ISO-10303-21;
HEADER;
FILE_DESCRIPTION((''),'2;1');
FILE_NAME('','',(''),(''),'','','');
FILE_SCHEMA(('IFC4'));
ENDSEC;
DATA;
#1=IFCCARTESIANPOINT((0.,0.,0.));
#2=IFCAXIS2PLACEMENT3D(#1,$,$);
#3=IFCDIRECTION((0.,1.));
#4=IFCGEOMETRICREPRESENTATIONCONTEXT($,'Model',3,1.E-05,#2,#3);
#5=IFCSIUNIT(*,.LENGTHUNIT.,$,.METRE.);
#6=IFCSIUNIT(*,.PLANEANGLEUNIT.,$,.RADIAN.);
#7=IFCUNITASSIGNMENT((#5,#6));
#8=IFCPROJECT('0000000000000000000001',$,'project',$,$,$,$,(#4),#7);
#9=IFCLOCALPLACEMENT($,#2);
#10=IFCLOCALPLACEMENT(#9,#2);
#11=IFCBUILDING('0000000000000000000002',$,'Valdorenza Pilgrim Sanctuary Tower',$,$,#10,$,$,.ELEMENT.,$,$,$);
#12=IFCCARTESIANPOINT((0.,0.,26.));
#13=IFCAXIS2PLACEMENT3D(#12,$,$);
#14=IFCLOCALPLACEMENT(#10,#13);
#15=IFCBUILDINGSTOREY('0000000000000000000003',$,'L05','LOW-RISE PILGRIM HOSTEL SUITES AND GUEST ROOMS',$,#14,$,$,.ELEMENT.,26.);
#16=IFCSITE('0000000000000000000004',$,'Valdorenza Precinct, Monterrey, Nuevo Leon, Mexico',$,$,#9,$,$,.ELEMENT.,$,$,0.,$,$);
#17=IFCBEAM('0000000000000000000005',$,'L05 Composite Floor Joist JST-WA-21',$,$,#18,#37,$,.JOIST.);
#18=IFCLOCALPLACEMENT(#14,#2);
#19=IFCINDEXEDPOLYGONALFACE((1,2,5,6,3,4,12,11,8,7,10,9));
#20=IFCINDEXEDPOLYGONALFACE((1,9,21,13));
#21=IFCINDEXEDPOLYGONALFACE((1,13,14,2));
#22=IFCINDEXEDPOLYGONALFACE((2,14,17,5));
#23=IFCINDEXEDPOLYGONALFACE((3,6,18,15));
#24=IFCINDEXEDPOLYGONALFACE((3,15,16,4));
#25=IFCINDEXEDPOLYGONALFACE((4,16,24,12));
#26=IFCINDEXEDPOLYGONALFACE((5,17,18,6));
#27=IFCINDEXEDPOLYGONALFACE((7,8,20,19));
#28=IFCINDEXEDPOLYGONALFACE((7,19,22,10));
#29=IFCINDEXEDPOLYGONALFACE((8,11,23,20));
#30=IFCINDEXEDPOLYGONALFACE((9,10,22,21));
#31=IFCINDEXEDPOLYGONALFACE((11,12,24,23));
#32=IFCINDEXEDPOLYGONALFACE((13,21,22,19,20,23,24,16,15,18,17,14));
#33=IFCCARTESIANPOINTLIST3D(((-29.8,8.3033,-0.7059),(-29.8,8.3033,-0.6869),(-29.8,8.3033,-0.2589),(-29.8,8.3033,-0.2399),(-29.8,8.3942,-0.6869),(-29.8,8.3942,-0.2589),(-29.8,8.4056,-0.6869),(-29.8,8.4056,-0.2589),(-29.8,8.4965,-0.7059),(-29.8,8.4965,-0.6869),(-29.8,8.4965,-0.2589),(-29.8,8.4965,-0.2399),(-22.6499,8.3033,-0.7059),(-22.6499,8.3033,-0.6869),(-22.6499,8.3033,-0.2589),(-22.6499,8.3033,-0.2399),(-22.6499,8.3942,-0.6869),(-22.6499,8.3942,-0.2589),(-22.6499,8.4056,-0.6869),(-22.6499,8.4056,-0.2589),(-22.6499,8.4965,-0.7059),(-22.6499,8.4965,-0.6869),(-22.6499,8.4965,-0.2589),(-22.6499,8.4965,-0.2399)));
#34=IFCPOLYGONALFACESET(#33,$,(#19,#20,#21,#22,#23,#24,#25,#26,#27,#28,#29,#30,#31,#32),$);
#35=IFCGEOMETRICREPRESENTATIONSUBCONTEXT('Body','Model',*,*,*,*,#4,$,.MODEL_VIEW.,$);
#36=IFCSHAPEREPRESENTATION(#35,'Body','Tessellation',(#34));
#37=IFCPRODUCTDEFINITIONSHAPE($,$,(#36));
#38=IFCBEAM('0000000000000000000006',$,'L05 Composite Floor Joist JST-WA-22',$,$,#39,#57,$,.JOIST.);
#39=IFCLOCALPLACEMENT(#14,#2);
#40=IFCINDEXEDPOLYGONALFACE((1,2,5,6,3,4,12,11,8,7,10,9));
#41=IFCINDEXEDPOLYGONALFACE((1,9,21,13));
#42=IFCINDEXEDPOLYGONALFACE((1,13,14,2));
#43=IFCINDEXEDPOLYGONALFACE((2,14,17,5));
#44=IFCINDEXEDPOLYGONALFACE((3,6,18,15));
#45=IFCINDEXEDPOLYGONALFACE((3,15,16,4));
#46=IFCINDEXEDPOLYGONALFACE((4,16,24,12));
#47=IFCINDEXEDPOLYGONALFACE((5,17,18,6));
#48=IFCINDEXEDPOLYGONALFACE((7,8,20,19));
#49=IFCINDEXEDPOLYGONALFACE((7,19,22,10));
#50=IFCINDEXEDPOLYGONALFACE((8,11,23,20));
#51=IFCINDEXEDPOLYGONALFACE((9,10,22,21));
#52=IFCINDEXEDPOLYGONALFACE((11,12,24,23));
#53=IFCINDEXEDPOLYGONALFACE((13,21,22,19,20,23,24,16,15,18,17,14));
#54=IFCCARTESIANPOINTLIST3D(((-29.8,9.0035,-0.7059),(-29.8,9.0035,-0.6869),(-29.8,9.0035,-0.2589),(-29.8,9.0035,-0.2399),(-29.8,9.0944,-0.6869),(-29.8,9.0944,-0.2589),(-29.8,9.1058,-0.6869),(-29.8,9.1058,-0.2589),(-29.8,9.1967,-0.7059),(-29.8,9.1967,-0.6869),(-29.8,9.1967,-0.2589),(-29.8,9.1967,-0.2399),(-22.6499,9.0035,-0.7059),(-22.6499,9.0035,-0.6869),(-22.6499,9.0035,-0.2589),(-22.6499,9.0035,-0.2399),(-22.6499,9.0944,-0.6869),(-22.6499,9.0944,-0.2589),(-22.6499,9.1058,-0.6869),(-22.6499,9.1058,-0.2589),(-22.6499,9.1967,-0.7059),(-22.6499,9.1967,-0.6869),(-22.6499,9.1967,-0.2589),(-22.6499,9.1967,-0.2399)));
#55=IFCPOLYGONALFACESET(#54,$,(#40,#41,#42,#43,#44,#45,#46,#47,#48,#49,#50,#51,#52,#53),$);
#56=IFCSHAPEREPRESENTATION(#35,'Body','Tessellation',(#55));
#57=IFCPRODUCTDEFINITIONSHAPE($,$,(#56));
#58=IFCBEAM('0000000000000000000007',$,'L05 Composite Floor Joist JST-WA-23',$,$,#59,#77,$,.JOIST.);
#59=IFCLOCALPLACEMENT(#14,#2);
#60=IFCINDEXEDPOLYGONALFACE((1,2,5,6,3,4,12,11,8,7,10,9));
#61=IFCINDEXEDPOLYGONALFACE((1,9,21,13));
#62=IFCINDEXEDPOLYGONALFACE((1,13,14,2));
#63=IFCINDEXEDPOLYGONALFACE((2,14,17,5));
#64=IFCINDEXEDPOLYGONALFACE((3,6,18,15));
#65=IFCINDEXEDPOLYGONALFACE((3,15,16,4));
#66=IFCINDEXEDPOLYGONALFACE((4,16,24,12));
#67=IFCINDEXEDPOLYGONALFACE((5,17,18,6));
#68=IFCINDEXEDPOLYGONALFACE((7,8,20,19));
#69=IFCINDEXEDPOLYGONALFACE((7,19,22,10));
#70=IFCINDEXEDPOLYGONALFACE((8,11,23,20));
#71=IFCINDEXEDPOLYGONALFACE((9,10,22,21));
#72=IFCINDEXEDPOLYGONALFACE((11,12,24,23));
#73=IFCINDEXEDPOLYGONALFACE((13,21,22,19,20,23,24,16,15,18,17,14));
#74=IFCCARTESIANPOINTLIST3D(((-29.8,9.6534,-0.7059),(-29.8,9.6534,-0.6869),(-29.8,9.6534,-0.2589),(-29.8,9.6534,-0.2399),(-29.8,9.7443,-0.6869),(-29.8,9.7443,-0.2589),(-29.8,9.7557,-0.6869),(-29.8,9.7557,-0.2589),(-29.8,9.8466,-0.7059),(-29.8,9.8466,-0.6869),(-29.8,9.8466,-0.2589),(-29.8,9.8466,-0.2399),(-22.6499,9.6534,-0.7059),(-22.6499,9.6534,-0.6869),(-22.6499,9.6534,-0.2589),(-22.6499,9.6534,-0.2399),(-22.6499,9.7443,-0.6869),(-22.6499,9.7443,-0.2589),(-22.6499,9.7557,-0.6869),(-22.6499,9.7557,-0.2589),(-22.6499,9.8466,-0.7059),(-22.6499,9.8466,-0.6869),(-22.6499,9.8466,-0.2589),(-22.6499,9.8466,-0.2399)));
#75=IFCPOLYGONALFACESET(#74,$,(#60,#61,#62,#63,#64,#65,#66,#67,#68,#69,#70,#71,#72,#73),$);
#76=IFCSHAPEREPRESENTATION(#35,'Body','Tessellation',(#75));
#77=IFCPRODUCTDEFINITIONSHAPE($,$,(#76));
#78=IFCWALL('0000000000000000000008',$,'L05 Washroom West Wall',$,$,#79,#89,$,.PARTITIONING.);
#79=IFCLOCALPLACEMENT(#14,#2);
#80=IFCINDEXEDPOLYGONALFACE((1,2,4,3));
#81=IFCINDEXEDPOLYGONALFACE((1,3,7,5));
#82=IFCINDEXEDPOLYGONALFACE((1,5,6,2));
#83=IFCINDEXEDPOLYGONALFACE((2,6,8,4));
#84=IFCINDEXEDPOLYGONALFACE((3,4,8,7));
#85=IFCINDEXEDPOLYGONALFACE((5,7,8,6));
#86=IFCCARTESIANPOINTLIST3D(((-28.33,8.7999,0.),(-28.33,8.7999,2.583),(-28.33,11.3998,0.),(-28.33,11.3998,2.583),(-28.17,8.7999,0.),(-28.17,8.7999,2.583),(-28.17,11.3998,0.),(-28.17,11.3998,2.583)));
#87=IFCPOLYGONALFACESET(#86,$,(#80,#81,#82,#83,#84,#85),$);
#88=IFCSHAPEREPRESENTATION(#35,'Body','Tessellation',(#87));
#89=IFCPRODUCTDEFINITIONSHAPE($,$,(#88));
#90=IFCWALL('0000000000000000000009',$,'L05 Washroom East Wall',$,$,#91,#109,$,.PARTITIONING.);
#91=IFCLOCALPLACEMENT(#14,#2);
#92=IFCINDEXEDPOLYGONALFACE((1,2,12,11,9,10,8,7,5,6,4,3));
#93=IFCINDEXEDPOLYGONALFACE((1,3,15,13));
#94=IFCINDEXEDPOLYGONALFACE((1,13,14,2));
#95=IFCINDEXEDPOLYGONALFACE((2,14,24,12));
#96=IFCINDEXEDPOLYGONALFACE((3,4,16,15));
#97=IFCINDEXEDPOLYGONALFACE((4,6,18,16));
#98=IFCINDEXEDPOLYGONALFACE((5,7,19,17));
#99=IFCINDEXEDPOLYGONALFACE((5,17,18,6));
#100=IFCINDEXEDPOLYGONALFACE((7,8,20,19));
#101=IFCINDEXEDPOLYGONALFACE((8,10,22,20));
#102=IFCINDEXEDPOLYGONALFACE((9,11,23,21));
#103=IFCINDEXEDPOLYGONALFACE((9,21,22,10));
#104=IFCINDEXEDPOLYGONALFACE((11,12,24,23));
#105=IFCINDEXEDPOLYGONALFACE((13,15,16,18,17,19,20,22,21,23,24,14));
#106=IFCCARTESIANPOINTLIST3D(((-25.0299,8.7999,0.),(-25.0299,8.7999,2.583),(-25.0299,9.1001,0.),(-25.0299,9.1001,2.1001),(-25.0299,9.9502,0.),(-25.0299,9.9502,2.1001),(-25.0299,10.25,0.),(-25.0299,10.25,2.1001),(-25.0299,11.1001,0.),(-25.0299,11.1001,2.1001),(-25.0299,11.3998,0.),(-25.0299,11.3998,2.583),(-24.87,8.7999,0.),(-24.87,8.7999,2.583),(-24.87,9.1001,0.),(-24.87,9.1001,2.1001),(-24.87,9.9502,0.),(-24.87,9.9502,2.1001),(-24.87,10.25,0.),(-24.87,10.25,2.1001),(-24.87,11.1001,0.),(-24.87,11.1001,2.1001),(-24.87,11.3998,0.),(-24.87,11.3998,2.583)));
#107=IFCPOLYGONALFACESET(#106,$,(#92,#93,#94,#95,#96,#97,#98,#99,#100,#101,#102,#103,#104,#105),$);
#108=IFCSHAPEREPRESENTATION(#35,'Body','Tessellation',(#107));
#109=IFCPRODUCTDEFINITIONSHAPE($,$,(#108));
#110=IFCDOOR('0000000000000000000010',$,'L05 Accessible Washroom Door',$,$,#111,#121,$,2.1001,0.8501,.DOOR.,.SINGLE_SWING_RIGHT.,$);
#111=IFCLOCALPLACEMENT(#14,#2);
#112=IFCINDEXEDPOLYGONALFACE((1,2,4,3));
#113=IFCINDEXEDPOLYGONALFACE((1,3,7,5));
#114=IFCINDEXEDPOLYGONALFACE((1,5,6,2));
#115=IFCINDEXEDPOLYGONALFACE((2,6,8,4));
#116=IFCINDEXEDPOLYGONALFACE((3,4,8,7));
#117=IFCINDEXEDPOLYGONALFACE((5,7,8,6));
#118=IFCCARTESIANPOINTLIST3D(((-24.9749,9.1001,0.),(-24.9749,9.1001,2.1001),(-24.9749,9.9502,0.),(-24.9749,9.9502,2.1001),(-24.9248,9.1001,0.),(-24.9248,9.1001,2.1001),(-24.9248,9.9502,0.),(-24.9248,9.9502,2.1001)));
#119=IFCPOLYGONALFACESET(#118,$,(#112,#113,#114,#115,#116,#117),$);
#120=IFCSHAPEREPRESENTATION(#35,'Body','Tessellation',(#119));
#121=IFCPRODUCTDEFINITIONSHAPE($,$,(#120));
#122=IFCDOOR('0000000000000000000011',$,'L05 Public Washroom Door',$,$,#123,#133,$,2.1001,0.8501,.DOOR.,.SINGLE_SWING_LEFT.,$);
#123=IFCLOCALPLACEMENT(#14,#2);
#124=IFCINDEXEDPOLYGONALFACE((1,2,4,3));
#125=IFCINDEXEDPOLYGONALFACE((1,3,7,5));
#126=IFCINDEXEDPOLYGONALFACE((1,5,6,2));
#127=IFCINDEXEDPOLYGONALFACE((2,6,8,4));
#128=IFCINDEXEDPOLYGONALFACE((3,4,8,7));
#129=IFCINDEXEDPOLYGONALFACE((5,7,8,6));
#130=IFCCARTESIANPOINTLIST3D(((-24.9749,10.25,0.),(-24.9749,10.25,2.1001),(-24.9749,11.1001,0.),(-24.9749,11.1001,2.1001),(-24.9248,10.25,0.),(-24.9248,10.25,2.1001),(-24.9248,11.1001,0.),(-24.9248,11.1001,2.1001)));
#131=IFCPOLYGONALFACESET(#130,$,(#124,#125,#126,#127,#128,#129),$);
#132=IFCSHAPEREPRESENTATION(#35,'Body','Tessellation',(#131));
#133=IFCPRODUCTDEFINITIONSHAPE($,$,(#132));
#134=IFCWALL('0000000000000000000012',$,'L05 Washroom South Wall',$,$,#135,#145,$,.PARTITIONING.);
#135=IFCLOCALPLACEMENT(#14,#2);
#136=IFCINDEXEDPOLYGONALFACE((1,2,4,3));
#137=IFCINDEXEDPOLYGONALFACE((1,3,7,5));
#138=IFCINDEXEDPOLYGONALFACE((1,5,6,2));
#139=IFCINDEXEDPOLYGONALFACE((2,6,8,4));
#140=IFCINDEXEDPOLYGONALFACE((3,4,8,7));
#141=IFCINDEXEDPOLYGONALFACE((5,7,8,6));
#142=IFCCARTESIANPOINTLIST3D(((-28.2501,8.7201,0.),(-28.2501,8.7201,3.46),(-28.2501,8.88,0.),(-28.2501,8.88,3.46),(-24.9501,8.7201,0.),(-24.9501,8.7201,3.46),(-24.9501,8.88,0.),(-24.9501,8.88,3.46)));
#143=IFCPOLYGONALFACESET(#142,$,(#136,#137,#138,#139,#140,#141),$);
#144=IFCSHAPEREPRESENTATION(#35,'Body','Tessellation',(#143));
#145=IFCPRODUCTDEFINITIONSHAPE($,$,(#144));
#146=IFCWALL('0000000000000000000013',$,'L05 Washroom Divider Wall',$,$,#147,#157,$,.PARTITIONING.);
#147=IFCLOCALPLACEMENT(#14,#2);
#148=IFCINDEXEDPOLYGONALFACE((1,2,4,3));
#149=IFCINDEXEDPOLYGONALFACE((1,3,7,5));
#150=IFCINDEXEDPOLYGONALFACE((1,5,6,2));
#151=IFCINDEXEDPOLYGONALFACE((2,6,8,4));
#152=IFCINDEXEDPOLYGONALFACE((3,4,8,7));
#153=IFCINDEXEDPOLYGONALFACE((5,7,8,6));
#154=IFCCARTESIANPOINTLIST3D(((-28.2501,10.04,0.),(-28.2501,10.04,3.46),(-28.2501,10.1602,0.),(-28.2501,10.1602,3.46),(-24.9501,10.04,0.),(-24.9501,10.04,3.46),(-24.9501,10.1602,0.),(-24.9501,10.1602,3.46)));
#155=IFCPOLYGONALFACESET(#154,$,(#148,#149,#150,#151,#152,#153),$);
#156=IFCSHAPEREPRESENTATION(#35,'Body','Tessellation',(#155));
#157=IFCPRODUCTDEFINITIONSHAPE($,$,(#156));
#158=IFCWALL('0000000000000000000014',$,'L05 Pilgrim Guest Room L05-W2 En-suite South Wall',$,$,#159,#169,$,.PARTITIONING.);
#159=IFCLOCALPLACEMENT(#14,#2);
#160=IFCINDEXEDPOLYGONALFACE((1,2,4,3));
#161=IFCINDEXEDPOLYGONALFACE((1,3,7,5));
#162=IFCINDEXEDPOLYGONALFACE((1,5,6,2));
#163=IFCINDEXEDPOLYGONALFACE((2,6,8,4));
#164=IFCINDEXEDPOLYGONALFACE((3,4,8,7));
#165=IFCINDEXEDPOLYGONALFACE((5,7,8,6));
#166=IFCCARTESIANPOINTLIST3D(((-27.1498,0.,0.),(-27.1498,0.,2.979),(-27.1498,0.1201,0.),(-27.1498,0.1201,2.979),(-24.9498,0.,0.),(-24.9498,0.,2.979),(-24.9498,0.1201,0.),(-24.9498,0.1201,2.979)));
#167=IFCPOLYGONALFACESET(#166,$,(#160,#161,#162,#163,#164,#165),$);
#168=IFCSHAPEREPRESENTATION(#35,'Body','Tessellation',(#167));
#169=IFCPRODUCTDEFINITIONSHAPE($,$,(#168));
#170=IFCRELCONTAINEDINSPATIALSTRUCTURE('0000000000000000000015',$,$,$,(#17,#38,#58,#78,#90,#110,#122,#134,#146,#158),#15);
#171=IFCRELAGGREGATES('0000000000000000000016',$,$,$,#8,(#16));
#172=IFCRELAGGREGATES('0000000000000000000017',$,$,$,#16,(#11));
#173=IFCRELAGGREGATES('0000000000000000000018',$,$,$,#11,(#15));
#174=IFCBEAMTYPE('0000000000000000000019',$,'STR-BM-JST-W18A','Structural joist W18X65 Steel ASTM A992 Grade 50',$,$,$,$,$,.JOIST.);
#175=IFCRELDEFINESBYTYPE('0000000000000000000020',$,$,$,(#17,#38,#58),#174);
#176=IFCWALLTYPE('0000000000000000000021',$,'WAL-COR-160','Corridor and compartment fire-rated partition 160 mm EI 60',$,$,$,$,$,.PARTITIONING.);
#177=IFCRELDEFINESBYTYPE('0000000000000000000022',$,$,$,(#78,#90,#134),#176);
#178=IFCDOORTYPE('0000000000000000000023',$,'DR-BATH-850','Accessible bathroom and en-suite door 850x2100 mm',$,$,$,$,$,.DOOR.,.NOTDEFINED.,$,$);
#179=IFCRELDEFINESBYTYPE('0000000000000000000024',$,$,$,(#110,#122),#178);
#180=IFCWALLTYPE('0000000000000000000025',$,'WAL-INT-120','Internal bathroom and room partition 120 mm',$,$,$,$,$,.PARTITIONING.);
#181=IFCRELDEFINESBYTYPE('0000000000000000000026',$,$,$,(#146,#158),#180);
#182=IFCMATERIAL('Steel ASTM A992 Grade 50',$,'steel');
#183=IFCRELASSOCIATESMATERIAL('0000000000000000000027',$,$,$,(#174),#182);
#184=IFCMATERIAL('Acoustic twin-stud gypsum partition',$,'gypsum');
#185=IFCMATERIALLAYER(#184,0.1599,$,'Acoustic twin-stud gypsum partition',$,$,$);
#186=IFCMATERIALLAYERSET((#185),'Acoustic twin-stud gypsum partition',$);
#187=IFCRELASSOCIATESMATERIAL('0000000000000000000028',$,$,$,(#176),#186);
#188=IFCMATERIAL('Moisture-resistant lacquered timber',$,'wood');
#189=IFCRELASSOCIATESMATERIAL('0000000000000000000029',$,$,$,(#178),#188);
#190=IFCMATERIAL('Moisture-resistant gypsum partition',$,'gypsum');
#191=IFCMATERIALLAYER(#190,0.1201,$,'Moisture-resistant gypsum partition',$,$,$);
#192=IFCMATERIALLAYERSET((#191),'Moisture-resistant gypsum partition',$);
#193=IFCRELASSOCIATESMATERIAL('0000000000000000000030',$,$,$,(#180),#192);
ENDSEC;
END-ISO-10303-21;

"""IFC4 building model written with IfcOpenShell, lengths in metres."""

from ifc_helpers import new_model, si_unit, direction, frame, frame_2d, origin, origin_2d, place, context, subcontext, project, spatial, rectangle, i_section, extrude, source, transform, mapped, material, layer, layer_set, material_profile, profile_set, type_object, element, fill, save


model = new_model("IFC4")

# Units and contexts
model_context = context("Model", 3, precision=1e-05, world=origin(), true_north=direction((0.0, 1.0)))
body_context = subcontext(model_context, "Body", "Model", "MODEL_VIEW")
ifc_project = project(units=[si_unit("LENGTHUNIT", "METRE"), si_unit("PLANEANGLEUNIT", "RADIAN")], contexts=[model_context])

# Site, building, storey
site_placement = place(None, origin())
site = spatial("IfcSite", under=ifc_project, at=site_placement, Name="Valdorenza Precinct, Monterrey, Nuevo Leon, Mexico", CompositionType="ELEMENT", RefElevation=0.0)
building_placement = place(site_placement, origin())
building = spatial("IfcBuilding", under=site, at=building_placement, Name="Valdorenza Pilgrim Sanctuary Tower", CompositionType="ELEMENT")
storey_placement = place(building_placement, frame((0.0, 0.0, 26.0)))
storey = spatial("IfcBuildingStorey", under=building, at=storey_placement, Name="L05", Description="LOW-RISE PILGRIM HOSTEL SUITES AND GUEST ROOMS", CompositionType="ELEMENT", Elevation=26.0)

# Beams
ifc_material_1 = material(Name="Steel ASTM A992 Grade 50", Category="steel")
ifc_material_profile = material_profile(ifc_material_1, i_section(OverallWidth=0.1931, OverallDepth=0.4661, WebThickness=0.0115, FlangeThickness=0.019, at=origin_2d()), Name="W18X65")
ifc_profile_set = profile_set([ifc_material_profile], Name="Steel ASTM A992 Grade 50")
beam_type = type_object("IfcBeamType", Name="STR-BM-JST-W18A", Description="Structural joist W18X65 Steel ASTM A992 Grade 50", PredefinedType="JOIST", material=ifc_profile_set)
shared_shape = source(origin(), body_context, "Body", "SweptSolid", [
    extrude(i_section(OverallWidth=0.1931, OverallDepth=0.4661, WebThickness=0.0115, FlangeThickness=0.019, at=origin_2d()), origin(), (0.0, 0.0, 1.0), 7.1501),
])
for number, where, z_axis, x_axis, name in (
    (1, (-29.8, 8.3999, -0.4729), (1.0, 0.0, 0.0), (0.0, 1.0, 0.0), "L05 Composite Floor Joist JST-WA-21"),
    (2, (-29.8, 9.1001, -0.4729), (1.0, 0.0, 0.0), (0.0, 1.0, 0.0), "L05 Composite Floor Joist JST-WA-22"),
    (3, (-29.8, 9.75, -0.4729), (1.0, 0.0, 0.0), (0.0, 1.0, 0.0), "L05 Composite Floor Joist JST-WA-23"),
):
    element("IfcBeam", number, at=place(storey_placement, frame(where, z_axis=z_axis, x_axis=x_axis)), inside=storey, type_object=beam_type, Name=name, PredefinedType="JOIST", context=body_context, shape_type="MappedRepresentation", body=[
        mapped(shared_shape, transform((0.0, 0.0, 0.0), x_axis=(1.0, 0.0, 0.0), y_axis=(0.0, 1.0, 0.0), z_axis=(0.0, 0.0, 1.0), scale=1.0)),
    ])

# Wall
ifc_material_2 = material(Name="Acoustic twin-stud gypsum partition", Category="gypsum")
ifc_layer_1 = layer(ifc_material_2, 0.1599, Name="Acoustic twin-stud gypsum partition")
ifc_layer_set_1 = layer_set([ifc_layer_1], Name="Acoustic twin-stud gypsum partition")
wall_type_1 = type_object("IfcWallType", Name="WAL-COR-160", Description="Corridor and compartment fire-rated partition 160 mm EI 60", PredefinedType="PARTITIONING", material=ifc_layer_set_1)
wall_1_placement = place(storey_placement, frame((-28.25, 8.8, 0.0), z_axis=(0.0, 0.0, 1.0), x_axis=(0.0, 1.0, 0.0)))
element("IfcWall", 4, at=wall_1_placement, inside=storey, type_object=wall_type_1, Name="L05 Washroom West Wall", PredefinedType="PARTITIONING", context=body_context, shape_type="SweptSolid", body=[
    extrude(rectangle(XDim=2.5999, YDim=0.1599, at=frame_2d((1.2998, 0.0))), origin(), (0.0, 0.0, 1.0), 2.583),
])

# Wall, openings, doors
wall_2_placement = place(storey_placement, frame((-24.95, 8.8, 0.0), z_axis=(0.0, 0.0, 1.0), x_axis=(0.0, 1.0, 0.0)))
wall_2 = element("IfcWall", 5, at=wall_2_placement, inside=storey, type_object=wall_type_1, Name="L05 Washroom East Wall", PredefinedType="PARTITIONING", context=body_context, shape_type="SweptSolid", body=[
    extrude(rectangle(XDim=2.5999, YDim=0.1599, at=frame_2d((1.2998, 0.0))), origin(), (0.0, 0.0, 1.0), 2.583),
])
opening_1_placement = place(wall_2_placement, frame((0.3, 0.0, 0.0)))
opening_1 = element("IfcOpeningElement", 6, at=opening_1_placement, cuts=wall_2, PredefinedType="OPENING", context=body_context, shape_type="SweptSolid", body=[
    extrude(rectangle(XDim=0.8501, YDim=2.1001, at=frame_2d((0.425, 1.05))), frame((0.0, 0.0947, 0.0), z_axis=(0.0, -1.0, 0.0), x_axis=(1.0, 0.0, 0.0)), (0.0, 0.0, 1.0), 0.1897),
])
opening_2_placement = place(wall_2_placement, frame((1.45, 0.0, 0.0)))
opening_2 = element("IfcOpeningElement", 7, at=opening_2_placement, cuts=wall_2, PredefinedType="OPENING", context=body_context, shape_type="SweptSolid", body=[
    extrude(rectangle(XDim=0.8501, YDim=2.1001, at=frame_2d((0.425, 1.05))), frame((0.0, 0.0947, 0.0), z_axis=(0.0, -1.0, 0.0), x_axis=(1.0, 0.0, 0.0)), (0.0, 0.0, 1.0), 0.1897),
])
ifc_material_3 = material(Name="Moisture-resistant lacquered timber", Category="wood")
door_type_1 = type_object("IfcDoorType", Name="DR-BATH-850", Description="Accessible bathroom and en-suite door 850x2100 mm", OperationType="NOTDEFINED", PredefinedType="DOOR", material=ifc_material_3)
door_1_placement = place(opening_1_placement, origin())
door_1 = element("IfcDoor", 8, at=door_1_placement, inside=storey, type_object=door_type_1, Name="L05 Accessible Washroom Door", OperationType="SINGLE_SWING_RIGHT", OverallHeight=2.1001, OverallWidth=0.8501, PredefinedType="DOOR", context=body_context, shape_type="SweptSolid", body=[
    extrude(rectangle(XDim=0.8501, YDim=2.1001, at=frame_2d((0.425, 1.05))), frame((0.0, 0.0249, 0.0), z_axis=(0.0, -1.0, 0.0), x_axis=(1.0, 0.0, 0.0)), (0.0, 0.0, 1.0), 0.05),
])
fill(opening_1, door_1)
door_2_placement = place(opening_2_placement, origin())
door_2 = element("IfcDoor", 9, at=door_2_placement, inside=storey, type_object=door_type_1, Name="L05 Public Washroom Door", OperationType="SINGLE_SWING_LEFT", OverallHeight=2.1001, OverallWidth=0.8501, PredefinedType="DOOR", context=body_context, shape_type="SweptSolid", body=[
    extrude(rectangle(XDim=0.8501, YDim=2.1001, at=frame_2d((0.425, 1.05))), frame((0.0, 0.0249, 0.0), z_axis=(0.0, -1.0, 0.0), x_axis=(1.0, 0.0, 0.0)), (0.0, 0.0, 1.0), 0.05),
])
fill(opening_2, door_2)

# Walls
wall_3_placement = place(storey_placement, frame((-28.25, 8.8, 0.0), z_axis=(0.0, 0.0, 1.0), x_axis=(1.0, 0.0, 0.0)))
element("IfcWall", 10, at=wall_3_placement, inside=storey, type_object=wall_type_1, Name="L05 Washroom South Wall", PredefinedType="PARTITIONING", context=body_context, shape_type="SweptSolid", body=[
    extrude(rectangle(XDim=3.3, YDim=0.1599, at=frame_2d((1.6499, 0.0))), origin(), (0.0, 0.0, 1.0), 3.46),
])
ifc_material_4 = material(Name="Moisture-resistant gypsum partition", Category="gypsum")
ifc_layer_2 = layer(ifc_material_4, 0.1201, Name="Moisture-resistant gypsum partition")
ifc_layer_set_2 = layer_set([ifc_layer_2], Name="Moisture-resistant gypsum partition")
wall_type_2 = type_object("IfcWallType", Name="WAL-INT-120", Description="Internal bathroom and room partition 120 mm", PredefinedType="PARTITIONING", material=ifc_layer_set_2)
wall_4_placement = place(storey_placement, frame((-28.25, 10.1001, 0.0), z_axis=(0.0, 0.0, 1.0), x_axis=(1.0, 0.0, 0.0)))
element("IfcWall", 11, at=wall_4_placement, inside=storey, type_object=wall_type_2, Name="L05 Washroom Divider Wall", PredefinedType="PARTITIONING", context=body_context, shape_type="SweptSolid", body=[
    extrude(rectangle(XDim=3.3, YDim=0.1201, at=frame_2d((1.6499, 0.0))), origin(), (0.0, 0.0, 1.0), 3.46),
])
wall_5_placement = place(storey_placement, frame((-27.1499, 0.0601, 0.0), z_axis=(0.0, 0.0, 1.0), x_axis=(1.0, 0.0, 0.0)))
element("IfcWall", 12, at=wall_5_placement, inside=storey, type_object=wall_type_2, Name="L05 Pilgrim Guest Room L05-W2 En-suite South Wall", PredefinedType="PARTITIONING", context=body_context, shape_type="SweptSolid", body=[
    extrude(rectangle(XDim=2.2, YDim=0.1201, at=frame_2d((1.1001, 0.0))), origin(), (0.0, 0.0, 1.0), 2.979),
])

save(model, "model.ifc")
